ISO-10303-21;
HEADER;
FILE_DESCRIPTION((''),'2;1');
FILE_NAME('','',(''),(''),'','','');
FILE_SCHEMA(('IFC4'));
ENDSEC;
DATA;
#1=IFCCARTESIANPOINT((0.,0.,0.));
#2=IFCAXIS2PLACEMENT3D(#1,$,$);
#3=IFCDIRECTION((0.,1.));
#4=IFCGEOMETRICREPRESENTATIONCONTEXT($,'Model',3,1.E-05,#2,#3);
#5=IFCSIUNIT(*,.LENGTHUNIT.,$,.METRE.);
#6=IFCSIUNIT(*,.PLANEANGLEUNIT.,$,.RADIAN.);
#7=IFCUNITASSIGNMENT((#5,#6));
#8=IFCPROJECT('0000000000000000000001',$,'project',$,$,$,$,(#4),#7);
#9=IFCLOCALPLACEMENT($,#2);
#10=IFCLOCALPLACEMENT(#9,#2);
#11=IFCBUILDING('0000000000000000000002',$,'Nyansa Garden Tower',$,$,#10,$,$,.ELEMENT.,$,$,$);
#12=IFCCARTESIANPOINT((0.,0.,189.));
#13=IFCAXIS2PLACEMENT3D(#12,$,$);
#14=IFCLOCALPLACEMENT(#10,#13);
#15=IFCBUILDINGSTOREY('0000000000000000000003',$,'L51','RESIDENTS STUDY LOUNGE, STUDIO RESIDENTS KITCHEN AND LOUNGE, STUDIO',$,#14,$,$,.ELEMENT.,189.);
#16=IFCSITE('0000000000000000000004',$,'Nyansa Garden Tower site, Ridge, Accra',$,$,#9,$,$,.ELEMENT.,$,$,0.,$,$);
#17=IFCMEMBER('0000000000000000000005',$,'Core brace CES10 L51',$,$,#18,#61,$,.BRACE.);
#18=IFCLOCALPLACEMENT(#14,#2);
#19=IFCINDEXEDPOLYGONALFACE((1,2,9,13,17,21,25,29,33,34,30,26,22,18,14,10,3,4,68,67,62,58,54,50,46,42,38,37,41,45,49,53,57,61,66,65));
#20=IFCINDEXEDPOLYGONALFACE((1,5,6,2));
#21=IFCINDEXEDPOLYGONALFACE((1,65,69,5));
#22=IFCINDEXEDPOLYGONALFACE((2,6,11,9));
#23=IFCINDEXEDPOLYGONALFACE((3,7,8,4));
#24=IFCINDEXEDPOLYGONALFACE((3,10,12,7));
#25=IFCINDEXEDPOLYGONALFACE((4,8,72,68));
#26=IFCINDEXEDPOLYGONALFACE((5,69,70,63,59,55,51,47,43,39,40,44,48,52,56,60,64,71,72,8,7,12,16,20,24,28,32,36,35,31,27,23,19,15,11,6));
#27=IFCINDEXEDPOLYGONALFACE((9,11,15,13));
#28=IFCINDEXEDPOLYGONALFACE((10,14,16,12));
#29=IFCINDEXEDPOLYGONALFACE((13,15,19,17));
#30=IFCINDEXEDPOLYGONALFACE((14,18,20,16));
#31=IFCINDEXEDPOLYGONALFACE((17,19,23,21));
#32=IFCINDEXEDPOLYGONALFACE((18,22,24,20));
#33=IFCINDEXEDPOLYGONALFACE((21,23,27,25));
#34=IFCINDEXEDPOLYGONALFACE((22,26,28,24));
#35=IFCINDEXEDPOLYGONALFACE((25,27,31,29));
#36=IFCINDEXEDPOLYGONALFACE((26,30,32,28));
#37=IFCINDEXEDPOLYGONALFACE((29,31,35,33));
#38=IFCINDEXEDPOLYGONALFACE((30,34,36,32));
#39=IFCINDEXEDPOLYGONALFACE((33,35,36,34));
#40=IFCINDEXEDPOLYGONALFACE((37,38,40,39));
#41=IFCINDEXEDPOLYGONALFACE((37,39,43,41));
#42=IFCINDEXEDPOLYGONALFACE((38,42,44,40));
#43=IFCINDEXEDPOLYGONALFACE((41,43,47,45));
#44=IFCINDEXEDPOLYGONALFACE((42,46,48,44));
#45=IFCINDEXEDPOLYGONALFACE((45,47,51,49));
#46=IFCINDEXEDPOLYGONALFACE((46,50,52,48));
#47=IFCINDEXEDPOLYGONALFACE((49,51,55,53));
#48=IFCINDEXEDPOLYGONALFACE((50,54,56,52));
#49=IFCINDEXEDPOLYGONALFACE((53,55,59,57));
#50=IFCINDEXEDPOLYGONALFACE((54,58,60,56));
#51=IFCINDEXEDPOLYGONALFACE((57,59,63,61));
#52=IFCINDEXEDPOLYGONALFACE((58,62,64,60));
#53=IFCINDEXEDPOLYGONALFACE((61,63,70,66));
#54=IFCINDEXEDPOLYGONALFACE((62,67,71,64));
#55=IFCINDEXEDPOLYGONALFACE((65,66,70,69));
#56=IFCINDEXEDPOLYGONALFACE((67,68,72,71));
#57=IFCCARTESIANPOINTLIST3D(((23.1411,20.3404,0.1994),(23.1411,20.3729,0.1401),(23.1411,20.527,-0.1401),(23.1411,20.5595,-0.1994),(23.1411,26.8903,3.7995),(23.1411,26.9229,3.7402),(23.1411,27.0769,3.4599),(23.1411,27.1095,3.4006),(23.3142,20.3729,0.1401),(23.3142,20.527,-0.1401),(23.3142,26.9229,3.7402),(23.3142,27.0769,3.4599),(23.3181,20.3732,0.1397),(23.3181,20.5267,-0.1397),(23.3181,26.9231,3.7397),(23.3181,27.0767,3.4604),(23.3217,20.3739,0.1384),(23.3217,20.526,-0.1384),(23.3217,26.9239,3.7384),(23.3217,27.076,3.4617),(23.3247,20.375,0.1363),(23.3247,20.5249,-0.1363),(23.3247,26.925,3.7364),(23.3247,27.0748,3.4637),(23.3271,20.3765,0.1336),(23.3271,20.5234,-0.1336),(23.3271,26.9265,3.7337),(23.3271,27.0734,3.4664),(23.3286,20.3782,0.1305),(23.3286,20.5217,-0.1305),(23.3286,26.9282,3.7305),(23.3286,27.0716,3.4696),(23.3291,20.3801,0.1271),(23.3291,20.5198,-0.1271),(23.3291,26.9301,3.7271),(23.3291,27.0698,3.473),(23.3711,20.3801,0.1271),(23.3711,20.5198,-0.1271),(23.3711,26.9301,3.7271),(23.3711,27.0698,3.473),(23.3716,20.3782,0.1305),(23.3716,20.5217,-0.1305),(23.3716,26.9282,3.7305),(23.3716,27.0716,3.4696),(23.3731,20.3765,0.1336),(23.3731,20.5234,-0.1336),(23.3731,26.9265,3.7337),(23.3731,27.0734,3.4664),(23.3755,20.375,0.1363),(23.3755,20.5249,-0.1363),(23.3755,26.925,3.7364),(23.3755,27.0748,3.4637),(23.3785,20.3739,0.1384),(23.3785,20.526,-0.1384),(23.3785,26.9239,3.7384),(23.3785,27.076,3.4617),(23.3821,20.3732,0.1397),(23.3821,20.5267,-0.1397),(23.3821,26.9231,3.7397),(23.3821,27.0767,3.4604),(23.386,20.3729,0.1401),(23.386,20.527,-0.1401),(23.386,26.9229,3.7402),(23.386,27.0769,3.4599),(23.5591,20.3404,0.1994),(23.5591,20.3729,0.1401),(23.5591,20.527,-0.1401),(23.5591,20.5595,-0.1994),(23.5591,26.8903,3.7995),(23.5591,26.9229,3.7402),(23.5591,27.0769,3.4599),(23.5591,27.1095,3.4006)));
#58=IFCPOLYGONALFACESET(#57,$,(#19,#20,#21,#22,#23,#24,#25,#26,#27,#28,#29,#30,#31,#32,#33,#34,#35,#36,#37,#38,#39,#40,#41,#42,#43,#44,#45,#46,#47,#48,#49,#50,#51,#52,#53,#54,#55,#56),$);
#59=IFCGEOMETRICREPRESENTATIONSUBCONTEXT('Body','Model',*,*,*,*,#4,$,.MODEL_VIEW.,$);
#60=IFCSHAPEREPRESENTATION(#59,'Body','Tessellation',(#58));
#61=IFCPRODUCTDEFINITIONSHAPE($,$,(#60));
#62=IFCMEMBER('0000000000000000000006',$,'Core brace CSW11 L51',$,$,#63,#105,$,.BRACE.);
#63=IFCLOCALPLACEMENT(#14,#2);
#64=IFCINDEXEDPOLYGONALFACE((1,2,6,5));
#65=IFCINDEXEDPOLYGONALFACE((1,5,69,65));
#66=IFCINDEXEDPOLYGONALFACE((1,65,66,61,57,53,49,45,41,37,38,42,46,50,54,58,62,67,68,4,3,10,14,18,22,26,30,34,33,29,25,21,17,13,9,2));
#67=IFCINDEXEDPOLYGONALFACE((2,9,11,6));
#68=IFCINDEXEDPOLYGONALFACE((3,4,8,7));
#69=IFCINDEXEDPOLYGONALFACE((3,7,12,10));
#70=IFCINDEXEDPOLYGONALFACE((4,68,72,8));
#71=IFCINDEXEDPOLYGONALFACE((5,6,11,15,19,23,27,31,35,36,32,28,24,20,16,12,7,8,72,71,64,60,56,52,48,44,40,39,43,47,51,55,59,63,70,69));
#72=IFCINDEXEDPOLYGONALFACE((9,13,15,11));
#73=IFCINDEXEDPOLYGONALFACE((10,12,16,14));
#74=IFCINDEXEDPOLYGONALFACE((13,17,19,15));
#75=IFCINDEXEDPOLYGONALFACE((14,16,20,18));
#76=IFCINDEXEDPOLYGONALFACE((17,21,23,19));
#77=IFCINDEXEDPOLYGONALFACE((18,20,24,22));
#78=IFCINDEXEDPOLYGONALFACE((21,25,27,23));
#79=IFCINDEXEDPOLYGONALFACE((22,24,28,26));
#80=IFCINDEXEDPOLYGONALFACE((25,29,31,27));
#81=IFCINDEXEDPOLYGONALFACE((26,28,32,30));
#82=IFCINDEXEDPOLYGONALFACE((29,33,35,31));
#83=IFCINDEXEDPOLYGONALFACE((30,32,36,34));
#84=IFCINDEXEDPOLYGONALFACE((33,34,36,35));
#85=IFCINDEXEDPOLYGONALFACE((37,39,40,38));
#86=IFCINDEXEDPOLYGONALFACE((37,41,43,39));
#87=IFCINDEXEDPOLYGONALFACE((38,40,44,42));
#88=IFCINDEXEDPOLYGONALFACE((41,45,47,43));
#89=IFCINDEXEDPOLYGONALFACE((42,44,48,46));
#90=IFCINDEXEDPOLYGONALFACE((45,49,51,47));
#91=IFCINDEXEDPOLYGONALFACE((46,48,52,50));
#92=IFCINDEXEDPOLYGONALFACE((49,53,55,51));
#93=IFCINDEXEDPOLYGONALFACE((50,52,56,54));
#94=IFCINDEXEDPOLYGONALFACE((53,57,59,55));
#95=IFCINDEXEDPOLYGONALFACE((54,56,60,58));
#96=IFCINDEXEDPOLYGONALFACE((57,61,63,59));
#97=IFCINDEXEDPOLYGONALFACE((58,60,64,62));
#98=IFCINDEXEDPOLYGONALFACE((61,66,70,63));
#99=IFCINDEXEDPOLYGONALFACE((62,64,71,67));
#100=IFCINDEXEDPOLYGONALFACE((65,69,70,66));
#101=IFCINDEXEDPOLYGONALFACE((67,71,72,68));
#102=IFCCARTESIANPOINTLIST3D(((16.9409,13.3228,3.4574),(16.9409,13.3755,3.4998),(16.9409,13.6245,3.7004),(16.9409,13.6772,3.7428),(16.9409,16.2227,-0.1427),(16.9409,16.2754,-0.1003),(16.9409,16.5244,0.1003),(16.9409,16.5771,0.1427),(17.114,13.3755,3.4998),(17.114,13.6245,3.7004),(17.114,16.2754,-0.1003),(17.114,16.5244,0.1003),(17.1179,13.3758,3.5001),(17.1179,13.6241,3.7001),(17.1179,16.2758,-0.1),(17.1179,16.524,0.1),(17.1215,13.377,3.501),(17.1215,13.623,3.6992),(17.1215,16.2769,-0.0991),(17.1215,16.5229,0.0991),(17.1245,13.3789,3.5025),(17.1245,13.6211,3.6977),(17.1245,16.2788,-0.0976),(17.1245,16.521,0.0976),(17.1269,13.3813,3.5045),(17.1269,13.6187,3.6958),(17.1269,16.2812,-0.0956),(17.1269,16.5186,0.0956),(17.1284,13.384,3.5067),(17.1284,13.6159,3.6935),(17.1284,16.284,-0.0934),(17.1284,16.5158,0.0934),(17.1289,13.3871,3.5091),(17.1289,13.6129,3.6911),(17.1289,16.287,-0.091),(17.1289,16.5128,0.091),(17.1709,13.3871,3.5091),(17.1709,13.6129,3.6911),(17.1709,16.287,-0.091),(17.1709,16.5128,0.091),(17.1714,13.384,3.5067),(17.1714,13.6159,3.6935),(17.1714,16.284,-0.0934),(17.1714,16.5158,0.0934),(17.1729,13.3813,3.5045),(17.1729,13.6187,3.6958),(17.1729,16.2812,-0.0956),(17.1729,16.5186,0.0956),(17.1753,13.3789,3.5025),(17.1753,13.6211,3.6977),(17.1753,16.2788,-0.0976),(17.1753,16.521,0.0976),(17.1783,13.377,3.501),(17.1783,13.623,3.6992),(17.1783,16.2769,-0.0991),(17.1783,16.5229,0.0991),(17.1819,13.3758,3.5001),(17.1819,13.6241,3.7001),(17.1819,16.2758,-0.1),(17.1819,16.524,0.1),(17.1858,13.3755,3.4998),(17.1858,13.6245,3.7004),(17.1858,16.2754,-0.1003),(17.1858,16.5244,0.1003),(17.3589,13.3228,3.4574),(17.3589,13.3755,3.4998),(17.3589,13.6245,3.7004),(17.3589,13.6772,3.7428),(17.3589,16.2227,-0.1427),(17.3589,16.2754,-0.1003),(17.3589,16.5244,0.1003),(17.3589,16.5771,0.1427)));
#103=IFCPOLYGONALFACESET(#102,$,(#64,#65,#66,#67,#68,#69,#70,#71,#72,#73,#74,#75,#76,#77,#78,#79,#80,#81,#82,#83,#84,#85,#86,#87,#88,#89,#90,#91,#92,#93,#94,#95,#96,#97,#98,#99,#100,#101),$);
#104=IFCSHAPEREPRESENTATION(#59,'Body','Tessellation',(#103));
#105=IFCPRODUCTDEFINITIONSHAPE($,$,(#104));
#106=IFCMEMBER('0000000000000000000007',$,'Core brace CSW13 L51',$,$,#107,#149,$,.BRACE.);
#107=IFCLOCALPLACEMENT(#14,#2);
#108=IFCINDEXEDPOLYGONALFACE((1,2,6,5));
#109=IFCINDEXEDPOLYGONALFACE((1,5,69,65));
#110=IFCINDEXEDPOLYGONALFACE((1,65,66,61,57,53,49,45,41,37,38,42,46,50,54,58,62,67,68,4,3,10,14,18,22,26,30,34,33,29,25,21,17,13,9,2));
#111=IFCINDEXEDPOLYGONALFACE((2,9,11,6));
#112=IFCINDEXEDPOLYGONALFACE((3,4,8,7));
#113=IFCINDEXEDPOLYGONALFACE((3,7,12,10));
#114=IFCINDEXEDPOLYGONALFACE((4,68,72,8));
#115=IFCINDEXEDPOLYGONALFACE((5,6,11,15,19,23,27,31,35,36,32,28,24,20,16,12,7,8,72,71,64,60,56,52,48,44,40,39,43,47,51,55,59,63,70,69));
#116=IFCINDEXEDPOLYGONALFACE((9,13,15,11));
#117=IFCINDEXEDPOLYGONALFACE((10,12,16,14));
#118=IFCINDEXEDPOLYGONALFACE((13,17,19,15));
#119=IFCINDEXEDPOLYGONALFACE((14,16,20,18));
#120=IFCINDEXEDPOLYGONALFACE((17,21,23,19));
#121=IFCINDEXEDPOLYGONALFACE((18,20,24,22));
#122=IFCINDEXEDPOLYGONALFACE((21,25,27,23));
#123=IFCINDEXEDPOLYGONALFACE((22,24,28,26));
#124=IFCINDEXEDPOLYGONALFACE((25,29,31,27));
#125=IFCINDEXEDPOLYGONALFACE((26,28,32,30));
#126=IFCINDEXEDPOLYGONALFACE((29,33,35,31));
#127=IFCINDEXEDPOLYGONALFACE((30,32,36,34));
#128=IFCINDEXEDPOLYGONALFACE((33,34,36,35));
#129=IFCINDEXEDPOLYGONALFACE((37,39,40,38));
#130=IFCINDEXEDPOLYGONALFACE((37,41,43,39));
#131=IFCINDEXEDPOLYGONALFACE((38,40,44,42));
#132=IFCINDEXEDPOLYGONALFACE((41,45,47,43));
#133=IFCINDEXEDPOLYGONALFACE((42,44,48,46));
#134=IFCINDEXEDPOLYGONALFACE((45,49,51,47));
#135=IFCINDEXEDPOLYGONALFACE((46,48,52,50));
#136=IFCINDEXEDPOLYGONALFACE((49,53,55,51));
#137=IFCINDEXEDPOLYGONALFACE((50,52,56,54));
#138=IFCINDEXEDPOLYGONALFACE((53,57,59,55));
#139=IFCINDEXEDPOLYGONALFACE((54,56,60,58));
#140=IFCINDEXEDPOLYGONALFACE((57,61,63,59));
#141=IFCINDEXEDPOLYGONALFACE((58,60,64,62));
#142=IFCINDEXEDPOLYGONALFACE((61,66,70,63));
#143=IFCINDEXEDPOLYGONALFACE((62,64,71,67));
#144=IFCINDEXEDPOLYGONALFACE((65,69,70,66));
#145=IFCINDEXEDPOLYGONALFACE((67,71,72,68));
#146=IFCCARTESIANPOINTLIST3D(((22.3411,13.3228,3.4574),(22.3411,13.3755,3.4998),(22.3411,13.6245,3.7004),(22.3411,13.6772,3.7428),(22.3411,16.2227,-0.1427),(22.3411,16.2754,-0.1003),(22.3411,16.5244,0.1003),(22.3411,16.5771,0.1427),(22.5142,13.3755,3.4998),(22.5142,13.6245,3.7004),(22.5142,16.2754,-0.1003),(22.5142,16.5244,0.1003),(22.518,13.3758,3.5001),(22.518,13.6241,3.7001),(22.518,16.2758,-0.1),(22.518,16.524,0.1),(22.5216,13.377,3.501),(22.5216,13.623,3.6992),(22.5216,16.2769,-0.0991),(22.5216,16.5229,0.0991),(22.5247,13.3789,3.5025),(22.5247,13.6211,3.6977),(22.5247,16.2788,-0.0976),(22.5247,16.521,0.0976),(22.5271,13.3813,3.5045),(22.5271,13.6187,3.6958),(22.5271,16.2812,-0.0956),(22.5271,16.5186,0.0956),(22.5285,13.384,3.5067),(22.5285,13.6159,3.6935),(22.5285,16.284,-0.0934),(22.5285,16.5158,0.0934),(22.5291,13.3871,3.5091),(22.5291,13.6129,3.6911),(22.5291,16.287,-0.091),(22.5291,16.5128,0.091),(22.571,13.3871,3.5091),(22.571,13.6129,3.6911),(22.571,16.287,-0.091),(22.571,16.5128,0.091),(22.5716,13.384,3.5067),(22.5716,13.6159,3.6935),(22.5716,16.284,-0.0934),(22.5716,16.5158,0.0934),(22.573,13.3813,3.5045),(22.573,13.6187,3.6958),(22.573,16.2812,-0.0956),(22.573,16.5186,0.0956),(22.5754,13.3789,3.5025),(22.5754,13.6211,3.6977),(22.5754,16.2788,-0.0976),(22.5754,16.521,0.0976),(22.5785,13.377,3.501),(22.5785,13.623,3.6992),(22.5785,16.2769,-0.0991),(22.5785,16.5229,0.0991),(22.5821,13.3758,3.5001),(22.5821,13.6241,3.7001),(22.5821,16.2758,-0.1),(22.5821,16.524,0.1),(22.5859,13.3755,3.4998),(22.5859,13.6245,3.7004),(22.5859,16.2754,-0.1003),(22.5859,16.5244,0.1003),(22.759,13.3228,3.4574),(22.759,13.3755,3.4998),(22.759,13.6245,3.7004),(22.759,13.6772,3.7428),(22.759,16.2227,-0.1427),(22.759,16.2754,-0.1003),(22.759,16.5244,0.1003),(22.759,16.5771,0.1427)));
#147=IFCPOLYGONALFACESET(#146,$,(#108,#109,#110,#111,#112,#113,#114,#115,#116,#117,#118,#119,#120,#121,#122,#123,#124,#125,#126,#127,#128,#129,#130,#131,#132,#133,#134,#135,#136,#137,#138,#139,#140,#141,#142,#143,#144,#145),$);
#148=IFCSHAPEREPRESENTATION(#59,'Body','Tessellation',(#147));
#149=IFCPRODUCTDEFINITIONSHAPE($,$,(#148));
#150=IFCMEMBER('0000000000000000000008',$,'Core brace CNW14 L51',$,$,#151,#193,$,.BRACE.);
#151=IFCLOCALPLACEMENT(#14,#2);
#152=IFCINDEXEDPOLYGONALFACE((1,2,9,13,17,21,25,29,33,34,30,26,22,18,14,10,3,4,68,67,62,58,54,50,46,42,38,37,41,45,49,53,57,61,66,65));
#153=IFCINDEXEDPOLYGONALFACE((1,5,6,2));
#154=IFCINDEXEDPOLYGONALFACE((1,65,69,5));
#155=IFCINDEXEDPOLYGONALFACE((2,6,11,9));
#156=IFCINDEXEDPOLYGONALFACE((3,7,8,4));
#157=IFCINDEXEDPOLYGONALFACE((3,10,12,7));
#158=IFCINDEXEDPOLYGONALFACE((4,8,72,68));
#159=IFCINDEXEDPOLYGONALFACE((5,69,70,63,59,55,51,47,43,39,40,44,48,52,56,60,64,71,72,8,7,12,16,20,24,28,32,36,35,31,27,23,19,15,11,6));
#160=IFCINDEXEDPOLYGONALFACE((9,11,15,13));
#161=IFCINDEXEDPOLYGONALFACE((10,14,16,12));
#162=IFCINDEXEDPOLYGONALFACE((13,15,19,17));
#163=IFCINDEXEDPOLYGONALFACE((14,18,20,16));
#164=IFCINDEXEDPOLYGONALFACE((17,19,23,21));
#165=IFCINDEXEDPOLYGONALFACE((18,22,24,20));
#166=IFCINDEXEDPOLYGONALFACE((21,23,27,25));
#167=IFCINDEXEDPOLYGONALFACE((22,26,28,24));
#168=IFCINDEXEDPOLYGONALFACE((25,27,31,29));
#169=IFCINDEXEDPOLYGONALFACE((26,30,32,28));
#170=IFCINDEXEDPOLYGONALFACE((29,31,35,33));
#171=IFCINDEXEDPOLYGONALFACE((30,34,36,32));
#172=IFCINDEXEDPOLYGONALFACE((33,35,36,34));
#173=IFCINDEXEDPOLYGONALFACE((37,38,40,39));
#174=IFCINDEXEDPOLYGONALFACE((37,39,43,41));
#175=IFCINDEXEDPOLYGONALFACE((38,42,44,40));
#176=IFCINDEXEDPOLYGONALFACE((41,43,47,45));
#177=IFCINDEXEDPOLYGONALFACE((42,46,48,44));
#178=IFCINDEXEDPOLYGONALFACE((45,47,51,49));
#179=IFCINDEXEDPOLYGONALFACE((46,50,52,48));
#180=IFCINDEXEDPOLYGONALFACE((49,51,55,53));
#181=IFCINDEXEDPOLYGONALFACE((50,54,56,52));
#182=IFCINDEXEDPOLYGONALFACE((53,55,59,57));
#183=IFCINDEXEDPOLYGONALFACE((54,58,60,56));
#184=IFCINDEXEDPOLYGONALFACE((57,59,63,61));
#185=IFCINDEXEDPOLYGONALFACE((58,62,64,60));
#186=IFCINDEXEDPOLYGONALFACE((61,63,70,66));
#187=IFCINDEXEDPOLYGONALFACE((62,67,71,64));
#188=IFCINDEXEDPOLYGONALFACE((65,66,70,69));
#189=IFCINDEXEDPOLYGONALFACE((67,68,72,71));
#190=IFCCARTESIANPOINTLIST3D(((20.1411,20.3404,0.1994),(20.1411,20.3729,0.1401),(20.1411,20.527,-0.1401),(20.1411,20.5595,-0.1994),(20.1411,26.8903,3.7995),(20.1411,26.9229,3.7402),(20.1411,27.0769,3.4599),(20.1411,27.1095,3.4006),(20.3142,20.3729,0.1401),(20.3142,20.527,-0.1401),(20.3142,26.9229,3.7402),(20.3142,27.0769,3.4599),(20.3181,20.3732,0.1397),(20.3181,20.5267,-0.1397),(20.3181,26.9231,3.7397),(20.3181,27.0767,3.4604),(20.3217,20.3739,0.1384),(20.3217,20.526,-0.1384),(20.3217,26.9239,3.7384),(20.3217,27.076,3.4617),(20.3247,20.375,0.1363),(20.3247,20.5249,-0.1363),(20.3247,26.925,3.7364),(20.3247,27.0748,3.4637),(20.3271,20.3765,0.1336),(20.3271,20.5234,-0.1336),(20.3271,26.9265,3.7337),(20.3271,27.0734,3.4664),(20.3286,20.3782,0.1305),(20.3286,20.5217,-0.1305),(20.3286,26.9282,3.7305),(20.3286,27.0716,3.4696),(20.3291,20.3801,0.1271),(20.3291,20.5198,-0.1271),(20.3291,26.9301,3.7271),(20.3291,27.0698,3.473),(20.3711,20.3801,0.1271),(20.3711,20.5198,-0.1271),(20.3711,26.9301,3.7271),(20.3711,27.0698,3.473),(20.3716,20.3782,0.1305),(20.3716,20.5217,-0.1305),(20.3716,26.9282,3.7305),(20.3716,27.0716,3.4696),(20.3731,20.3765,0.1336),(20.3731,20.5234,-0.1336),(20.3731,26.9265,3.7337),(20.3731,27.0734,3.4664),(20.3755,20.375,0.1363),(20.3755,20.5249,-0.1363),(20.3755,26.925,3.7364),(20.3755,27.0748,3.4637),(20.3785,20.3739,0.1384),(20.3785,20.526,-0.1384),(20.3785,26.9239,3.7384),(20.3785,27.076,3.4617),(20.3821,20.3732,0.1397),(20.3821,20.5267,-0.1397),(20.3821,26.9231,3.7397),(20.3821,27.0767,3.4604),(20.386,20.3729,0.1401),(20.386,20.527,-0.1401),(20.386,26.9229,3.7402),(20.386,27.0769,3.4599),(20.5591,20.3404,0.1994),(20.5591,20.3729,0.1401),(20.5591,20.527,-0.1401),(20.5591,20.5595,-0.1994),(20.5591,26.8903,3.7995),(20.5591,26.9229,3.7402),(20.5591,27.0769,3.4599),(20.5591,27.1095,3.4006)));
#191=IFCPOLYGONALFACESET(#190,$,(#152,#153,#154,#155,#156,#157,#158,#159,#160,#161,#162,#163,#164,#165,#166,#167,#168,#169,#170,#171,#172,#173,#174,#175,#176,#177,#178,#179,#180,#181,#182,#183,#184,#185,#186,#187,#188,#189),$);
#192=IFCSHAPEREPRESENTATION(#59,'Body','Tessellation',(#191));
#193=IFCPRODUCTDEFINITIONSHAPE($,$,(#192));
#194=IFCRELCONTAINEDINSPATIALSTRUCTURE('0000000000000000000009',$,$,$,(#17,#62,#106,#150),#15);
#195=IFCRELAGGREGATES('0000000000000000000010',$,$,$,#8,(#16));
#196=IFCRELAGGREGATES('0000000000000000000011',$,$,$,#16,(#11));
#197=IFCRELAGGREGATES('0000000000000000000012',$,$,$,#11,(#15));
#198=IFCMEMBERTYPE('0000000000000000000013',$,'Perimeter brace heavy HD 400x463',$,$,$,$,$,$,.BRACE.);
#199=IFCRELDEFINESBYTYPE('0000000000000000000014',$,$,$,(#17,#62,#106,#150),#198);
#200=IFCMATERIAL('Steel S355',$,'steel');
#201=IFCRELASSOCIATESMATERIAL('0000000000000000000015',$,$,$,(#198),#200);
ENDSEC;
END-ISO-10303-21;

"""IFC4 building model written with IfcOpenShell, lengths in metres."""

from ifc_helpers import new_model, si_unit, direction, frame, origin, origin_2d, place, context, subcontext, project, spatial, i_section, extrude, material, material_profile, profile_set, type_object, element, save


model = new_model("IFC4")

# Units and contexts
model_context = context("Model", 3, precision=1e-05, world=origin(), true_north=direction((0.0, 1.0)))
body_context = subcontext(model_context, "Body", "Model", "MODEL_VIEW")
ifc_project = project(units=[si_unit("LENGTHUNIT", "METRE"), si_unit("PLANEANGLEUNIT", "RADIAN")], contexts=[model_context])

# Site, building, storey
site_placement = place(None, origin())
site = spatial("IfcSite", under=ifc_project, at=site_placement, Name="Nyansa Garden Tower site, Ridge, Accra", CompositionType="ELEMENT", RefElevation=0.0)
building_placement = place(site_placement, origin())
building = spatial("IfcBuilding", under=site, at=building_placement, Name="Nyansa Garden Tower", CompositionType="ELEMENT")
storey_placement = place(building_placement, frame((0.0, 0.0, 189.0)))
storey = spatial("IfcBuildingStorey", under=building, at=storey_placement, Name="L51", Description="RESIDENTS STUDY LOUNGE, STUDIO RESIDENTS KITCHEN AND LOUNGE, STUDIO", CompositionType="ELEMENT", Elevation=189.0)

# Members
ifc_material_1 = material(Name="Steel S355", Category="steel")
ifc_material_profile = material_profile(ifc_material_1, i_section(OverallWidth=0.418, OverallDepth=0.4551, WebThickness=0.042, FlangeThickness=0.0676, FilletRadius=0.0149, at=origin_2d()), Name="HD 400x463")
ifc_profile_set = profile_set([ifc_material_profile], Name="Steel S355")
member_type = type_object("IfcMemberType", Name="Perimeter brace heavy HD 400x463", PredefinedType="BRACE", material=ifc_profile_set)
for number, where, z_axis, x_axis, name in (
    (1, (23.3501, 20.45, 0.0), (0.0, 0.876353, 0.481669), (-1.0, 0.0, 0.0), "Core brace CES10 L51"),
):
    element("IfcMember", number, at=place(storey_placement, frame(where, z_axis=z_axis, x_axis=x_axis)), inside=storey, type_object=member_type, Name=name, PredefinedType="BRACE", context=body_context, shape_type="SweptSolid", body=[
        extrude(i_section(OverallWidth=0.418, OverallDepth=0.4551, WebThickness=0.042, FlangeThickness=0.0676, FilletRadius=0.0149, at=origin_2d()), origin(), (0.0, 0.0, 1.0), 7.4741),
    ])
for number, where, z_axis, x_axis, name in (
    (2, (17.1499, 16.3999, 0.0), (0.0, -0.627306, 0.778773), (1.0, 0.0, 0.0), "Core brace CSW11 L51"),
    (3, (22.55, 16.3999, 0.0), (0.0, -0.627306, 0.778773), (1.0, 0.0, 0.0), "Core brace CSW13 L51"),
):
    element("IfcMember", number, at=place(storey_placement, frame(where, z_axis=z_axis, x_axis=x_axis)), inside=storey, type_object=member_type, Name=name, PredefinedType="BRACE", context=body_context, shape_type="SweptSolid", body=[
        extrude(i_section(OverallWidth=0.418, OverallDepth=0.4551, WebThickness=0.042, FlangeThickness=0.0676, FilletRadius=0.0149, at=origin_2d()), origin(), (0.0, 0.0, 1.0), 4.6228),
    ])
member_1_placement = place(storey_placement, frame((20.3501, 20.45, 0.0), z_axis=(0.0, 0.876353, 0.481669), x_axis=(-1.0, 0.0, 0.0)))
element("IfcMember", 4, at=member_1_placement, inside=storey, type_object=member_type, Name="Core brace CNW14 L51", PredefinedType="BRACE", context=body_context, shape_type="SweptSolid", body=[
    extrude(i_section(OverallWidth=0.418, OverallDepth=0.4551, WebThickness=0.042, FlangeThickness=0.0676, FilletRadius=0.0149, at=origin_2d()), origin(), (0.0, 0.0, 1.0), 7.4741),
])

save(model, "model.ifc")
